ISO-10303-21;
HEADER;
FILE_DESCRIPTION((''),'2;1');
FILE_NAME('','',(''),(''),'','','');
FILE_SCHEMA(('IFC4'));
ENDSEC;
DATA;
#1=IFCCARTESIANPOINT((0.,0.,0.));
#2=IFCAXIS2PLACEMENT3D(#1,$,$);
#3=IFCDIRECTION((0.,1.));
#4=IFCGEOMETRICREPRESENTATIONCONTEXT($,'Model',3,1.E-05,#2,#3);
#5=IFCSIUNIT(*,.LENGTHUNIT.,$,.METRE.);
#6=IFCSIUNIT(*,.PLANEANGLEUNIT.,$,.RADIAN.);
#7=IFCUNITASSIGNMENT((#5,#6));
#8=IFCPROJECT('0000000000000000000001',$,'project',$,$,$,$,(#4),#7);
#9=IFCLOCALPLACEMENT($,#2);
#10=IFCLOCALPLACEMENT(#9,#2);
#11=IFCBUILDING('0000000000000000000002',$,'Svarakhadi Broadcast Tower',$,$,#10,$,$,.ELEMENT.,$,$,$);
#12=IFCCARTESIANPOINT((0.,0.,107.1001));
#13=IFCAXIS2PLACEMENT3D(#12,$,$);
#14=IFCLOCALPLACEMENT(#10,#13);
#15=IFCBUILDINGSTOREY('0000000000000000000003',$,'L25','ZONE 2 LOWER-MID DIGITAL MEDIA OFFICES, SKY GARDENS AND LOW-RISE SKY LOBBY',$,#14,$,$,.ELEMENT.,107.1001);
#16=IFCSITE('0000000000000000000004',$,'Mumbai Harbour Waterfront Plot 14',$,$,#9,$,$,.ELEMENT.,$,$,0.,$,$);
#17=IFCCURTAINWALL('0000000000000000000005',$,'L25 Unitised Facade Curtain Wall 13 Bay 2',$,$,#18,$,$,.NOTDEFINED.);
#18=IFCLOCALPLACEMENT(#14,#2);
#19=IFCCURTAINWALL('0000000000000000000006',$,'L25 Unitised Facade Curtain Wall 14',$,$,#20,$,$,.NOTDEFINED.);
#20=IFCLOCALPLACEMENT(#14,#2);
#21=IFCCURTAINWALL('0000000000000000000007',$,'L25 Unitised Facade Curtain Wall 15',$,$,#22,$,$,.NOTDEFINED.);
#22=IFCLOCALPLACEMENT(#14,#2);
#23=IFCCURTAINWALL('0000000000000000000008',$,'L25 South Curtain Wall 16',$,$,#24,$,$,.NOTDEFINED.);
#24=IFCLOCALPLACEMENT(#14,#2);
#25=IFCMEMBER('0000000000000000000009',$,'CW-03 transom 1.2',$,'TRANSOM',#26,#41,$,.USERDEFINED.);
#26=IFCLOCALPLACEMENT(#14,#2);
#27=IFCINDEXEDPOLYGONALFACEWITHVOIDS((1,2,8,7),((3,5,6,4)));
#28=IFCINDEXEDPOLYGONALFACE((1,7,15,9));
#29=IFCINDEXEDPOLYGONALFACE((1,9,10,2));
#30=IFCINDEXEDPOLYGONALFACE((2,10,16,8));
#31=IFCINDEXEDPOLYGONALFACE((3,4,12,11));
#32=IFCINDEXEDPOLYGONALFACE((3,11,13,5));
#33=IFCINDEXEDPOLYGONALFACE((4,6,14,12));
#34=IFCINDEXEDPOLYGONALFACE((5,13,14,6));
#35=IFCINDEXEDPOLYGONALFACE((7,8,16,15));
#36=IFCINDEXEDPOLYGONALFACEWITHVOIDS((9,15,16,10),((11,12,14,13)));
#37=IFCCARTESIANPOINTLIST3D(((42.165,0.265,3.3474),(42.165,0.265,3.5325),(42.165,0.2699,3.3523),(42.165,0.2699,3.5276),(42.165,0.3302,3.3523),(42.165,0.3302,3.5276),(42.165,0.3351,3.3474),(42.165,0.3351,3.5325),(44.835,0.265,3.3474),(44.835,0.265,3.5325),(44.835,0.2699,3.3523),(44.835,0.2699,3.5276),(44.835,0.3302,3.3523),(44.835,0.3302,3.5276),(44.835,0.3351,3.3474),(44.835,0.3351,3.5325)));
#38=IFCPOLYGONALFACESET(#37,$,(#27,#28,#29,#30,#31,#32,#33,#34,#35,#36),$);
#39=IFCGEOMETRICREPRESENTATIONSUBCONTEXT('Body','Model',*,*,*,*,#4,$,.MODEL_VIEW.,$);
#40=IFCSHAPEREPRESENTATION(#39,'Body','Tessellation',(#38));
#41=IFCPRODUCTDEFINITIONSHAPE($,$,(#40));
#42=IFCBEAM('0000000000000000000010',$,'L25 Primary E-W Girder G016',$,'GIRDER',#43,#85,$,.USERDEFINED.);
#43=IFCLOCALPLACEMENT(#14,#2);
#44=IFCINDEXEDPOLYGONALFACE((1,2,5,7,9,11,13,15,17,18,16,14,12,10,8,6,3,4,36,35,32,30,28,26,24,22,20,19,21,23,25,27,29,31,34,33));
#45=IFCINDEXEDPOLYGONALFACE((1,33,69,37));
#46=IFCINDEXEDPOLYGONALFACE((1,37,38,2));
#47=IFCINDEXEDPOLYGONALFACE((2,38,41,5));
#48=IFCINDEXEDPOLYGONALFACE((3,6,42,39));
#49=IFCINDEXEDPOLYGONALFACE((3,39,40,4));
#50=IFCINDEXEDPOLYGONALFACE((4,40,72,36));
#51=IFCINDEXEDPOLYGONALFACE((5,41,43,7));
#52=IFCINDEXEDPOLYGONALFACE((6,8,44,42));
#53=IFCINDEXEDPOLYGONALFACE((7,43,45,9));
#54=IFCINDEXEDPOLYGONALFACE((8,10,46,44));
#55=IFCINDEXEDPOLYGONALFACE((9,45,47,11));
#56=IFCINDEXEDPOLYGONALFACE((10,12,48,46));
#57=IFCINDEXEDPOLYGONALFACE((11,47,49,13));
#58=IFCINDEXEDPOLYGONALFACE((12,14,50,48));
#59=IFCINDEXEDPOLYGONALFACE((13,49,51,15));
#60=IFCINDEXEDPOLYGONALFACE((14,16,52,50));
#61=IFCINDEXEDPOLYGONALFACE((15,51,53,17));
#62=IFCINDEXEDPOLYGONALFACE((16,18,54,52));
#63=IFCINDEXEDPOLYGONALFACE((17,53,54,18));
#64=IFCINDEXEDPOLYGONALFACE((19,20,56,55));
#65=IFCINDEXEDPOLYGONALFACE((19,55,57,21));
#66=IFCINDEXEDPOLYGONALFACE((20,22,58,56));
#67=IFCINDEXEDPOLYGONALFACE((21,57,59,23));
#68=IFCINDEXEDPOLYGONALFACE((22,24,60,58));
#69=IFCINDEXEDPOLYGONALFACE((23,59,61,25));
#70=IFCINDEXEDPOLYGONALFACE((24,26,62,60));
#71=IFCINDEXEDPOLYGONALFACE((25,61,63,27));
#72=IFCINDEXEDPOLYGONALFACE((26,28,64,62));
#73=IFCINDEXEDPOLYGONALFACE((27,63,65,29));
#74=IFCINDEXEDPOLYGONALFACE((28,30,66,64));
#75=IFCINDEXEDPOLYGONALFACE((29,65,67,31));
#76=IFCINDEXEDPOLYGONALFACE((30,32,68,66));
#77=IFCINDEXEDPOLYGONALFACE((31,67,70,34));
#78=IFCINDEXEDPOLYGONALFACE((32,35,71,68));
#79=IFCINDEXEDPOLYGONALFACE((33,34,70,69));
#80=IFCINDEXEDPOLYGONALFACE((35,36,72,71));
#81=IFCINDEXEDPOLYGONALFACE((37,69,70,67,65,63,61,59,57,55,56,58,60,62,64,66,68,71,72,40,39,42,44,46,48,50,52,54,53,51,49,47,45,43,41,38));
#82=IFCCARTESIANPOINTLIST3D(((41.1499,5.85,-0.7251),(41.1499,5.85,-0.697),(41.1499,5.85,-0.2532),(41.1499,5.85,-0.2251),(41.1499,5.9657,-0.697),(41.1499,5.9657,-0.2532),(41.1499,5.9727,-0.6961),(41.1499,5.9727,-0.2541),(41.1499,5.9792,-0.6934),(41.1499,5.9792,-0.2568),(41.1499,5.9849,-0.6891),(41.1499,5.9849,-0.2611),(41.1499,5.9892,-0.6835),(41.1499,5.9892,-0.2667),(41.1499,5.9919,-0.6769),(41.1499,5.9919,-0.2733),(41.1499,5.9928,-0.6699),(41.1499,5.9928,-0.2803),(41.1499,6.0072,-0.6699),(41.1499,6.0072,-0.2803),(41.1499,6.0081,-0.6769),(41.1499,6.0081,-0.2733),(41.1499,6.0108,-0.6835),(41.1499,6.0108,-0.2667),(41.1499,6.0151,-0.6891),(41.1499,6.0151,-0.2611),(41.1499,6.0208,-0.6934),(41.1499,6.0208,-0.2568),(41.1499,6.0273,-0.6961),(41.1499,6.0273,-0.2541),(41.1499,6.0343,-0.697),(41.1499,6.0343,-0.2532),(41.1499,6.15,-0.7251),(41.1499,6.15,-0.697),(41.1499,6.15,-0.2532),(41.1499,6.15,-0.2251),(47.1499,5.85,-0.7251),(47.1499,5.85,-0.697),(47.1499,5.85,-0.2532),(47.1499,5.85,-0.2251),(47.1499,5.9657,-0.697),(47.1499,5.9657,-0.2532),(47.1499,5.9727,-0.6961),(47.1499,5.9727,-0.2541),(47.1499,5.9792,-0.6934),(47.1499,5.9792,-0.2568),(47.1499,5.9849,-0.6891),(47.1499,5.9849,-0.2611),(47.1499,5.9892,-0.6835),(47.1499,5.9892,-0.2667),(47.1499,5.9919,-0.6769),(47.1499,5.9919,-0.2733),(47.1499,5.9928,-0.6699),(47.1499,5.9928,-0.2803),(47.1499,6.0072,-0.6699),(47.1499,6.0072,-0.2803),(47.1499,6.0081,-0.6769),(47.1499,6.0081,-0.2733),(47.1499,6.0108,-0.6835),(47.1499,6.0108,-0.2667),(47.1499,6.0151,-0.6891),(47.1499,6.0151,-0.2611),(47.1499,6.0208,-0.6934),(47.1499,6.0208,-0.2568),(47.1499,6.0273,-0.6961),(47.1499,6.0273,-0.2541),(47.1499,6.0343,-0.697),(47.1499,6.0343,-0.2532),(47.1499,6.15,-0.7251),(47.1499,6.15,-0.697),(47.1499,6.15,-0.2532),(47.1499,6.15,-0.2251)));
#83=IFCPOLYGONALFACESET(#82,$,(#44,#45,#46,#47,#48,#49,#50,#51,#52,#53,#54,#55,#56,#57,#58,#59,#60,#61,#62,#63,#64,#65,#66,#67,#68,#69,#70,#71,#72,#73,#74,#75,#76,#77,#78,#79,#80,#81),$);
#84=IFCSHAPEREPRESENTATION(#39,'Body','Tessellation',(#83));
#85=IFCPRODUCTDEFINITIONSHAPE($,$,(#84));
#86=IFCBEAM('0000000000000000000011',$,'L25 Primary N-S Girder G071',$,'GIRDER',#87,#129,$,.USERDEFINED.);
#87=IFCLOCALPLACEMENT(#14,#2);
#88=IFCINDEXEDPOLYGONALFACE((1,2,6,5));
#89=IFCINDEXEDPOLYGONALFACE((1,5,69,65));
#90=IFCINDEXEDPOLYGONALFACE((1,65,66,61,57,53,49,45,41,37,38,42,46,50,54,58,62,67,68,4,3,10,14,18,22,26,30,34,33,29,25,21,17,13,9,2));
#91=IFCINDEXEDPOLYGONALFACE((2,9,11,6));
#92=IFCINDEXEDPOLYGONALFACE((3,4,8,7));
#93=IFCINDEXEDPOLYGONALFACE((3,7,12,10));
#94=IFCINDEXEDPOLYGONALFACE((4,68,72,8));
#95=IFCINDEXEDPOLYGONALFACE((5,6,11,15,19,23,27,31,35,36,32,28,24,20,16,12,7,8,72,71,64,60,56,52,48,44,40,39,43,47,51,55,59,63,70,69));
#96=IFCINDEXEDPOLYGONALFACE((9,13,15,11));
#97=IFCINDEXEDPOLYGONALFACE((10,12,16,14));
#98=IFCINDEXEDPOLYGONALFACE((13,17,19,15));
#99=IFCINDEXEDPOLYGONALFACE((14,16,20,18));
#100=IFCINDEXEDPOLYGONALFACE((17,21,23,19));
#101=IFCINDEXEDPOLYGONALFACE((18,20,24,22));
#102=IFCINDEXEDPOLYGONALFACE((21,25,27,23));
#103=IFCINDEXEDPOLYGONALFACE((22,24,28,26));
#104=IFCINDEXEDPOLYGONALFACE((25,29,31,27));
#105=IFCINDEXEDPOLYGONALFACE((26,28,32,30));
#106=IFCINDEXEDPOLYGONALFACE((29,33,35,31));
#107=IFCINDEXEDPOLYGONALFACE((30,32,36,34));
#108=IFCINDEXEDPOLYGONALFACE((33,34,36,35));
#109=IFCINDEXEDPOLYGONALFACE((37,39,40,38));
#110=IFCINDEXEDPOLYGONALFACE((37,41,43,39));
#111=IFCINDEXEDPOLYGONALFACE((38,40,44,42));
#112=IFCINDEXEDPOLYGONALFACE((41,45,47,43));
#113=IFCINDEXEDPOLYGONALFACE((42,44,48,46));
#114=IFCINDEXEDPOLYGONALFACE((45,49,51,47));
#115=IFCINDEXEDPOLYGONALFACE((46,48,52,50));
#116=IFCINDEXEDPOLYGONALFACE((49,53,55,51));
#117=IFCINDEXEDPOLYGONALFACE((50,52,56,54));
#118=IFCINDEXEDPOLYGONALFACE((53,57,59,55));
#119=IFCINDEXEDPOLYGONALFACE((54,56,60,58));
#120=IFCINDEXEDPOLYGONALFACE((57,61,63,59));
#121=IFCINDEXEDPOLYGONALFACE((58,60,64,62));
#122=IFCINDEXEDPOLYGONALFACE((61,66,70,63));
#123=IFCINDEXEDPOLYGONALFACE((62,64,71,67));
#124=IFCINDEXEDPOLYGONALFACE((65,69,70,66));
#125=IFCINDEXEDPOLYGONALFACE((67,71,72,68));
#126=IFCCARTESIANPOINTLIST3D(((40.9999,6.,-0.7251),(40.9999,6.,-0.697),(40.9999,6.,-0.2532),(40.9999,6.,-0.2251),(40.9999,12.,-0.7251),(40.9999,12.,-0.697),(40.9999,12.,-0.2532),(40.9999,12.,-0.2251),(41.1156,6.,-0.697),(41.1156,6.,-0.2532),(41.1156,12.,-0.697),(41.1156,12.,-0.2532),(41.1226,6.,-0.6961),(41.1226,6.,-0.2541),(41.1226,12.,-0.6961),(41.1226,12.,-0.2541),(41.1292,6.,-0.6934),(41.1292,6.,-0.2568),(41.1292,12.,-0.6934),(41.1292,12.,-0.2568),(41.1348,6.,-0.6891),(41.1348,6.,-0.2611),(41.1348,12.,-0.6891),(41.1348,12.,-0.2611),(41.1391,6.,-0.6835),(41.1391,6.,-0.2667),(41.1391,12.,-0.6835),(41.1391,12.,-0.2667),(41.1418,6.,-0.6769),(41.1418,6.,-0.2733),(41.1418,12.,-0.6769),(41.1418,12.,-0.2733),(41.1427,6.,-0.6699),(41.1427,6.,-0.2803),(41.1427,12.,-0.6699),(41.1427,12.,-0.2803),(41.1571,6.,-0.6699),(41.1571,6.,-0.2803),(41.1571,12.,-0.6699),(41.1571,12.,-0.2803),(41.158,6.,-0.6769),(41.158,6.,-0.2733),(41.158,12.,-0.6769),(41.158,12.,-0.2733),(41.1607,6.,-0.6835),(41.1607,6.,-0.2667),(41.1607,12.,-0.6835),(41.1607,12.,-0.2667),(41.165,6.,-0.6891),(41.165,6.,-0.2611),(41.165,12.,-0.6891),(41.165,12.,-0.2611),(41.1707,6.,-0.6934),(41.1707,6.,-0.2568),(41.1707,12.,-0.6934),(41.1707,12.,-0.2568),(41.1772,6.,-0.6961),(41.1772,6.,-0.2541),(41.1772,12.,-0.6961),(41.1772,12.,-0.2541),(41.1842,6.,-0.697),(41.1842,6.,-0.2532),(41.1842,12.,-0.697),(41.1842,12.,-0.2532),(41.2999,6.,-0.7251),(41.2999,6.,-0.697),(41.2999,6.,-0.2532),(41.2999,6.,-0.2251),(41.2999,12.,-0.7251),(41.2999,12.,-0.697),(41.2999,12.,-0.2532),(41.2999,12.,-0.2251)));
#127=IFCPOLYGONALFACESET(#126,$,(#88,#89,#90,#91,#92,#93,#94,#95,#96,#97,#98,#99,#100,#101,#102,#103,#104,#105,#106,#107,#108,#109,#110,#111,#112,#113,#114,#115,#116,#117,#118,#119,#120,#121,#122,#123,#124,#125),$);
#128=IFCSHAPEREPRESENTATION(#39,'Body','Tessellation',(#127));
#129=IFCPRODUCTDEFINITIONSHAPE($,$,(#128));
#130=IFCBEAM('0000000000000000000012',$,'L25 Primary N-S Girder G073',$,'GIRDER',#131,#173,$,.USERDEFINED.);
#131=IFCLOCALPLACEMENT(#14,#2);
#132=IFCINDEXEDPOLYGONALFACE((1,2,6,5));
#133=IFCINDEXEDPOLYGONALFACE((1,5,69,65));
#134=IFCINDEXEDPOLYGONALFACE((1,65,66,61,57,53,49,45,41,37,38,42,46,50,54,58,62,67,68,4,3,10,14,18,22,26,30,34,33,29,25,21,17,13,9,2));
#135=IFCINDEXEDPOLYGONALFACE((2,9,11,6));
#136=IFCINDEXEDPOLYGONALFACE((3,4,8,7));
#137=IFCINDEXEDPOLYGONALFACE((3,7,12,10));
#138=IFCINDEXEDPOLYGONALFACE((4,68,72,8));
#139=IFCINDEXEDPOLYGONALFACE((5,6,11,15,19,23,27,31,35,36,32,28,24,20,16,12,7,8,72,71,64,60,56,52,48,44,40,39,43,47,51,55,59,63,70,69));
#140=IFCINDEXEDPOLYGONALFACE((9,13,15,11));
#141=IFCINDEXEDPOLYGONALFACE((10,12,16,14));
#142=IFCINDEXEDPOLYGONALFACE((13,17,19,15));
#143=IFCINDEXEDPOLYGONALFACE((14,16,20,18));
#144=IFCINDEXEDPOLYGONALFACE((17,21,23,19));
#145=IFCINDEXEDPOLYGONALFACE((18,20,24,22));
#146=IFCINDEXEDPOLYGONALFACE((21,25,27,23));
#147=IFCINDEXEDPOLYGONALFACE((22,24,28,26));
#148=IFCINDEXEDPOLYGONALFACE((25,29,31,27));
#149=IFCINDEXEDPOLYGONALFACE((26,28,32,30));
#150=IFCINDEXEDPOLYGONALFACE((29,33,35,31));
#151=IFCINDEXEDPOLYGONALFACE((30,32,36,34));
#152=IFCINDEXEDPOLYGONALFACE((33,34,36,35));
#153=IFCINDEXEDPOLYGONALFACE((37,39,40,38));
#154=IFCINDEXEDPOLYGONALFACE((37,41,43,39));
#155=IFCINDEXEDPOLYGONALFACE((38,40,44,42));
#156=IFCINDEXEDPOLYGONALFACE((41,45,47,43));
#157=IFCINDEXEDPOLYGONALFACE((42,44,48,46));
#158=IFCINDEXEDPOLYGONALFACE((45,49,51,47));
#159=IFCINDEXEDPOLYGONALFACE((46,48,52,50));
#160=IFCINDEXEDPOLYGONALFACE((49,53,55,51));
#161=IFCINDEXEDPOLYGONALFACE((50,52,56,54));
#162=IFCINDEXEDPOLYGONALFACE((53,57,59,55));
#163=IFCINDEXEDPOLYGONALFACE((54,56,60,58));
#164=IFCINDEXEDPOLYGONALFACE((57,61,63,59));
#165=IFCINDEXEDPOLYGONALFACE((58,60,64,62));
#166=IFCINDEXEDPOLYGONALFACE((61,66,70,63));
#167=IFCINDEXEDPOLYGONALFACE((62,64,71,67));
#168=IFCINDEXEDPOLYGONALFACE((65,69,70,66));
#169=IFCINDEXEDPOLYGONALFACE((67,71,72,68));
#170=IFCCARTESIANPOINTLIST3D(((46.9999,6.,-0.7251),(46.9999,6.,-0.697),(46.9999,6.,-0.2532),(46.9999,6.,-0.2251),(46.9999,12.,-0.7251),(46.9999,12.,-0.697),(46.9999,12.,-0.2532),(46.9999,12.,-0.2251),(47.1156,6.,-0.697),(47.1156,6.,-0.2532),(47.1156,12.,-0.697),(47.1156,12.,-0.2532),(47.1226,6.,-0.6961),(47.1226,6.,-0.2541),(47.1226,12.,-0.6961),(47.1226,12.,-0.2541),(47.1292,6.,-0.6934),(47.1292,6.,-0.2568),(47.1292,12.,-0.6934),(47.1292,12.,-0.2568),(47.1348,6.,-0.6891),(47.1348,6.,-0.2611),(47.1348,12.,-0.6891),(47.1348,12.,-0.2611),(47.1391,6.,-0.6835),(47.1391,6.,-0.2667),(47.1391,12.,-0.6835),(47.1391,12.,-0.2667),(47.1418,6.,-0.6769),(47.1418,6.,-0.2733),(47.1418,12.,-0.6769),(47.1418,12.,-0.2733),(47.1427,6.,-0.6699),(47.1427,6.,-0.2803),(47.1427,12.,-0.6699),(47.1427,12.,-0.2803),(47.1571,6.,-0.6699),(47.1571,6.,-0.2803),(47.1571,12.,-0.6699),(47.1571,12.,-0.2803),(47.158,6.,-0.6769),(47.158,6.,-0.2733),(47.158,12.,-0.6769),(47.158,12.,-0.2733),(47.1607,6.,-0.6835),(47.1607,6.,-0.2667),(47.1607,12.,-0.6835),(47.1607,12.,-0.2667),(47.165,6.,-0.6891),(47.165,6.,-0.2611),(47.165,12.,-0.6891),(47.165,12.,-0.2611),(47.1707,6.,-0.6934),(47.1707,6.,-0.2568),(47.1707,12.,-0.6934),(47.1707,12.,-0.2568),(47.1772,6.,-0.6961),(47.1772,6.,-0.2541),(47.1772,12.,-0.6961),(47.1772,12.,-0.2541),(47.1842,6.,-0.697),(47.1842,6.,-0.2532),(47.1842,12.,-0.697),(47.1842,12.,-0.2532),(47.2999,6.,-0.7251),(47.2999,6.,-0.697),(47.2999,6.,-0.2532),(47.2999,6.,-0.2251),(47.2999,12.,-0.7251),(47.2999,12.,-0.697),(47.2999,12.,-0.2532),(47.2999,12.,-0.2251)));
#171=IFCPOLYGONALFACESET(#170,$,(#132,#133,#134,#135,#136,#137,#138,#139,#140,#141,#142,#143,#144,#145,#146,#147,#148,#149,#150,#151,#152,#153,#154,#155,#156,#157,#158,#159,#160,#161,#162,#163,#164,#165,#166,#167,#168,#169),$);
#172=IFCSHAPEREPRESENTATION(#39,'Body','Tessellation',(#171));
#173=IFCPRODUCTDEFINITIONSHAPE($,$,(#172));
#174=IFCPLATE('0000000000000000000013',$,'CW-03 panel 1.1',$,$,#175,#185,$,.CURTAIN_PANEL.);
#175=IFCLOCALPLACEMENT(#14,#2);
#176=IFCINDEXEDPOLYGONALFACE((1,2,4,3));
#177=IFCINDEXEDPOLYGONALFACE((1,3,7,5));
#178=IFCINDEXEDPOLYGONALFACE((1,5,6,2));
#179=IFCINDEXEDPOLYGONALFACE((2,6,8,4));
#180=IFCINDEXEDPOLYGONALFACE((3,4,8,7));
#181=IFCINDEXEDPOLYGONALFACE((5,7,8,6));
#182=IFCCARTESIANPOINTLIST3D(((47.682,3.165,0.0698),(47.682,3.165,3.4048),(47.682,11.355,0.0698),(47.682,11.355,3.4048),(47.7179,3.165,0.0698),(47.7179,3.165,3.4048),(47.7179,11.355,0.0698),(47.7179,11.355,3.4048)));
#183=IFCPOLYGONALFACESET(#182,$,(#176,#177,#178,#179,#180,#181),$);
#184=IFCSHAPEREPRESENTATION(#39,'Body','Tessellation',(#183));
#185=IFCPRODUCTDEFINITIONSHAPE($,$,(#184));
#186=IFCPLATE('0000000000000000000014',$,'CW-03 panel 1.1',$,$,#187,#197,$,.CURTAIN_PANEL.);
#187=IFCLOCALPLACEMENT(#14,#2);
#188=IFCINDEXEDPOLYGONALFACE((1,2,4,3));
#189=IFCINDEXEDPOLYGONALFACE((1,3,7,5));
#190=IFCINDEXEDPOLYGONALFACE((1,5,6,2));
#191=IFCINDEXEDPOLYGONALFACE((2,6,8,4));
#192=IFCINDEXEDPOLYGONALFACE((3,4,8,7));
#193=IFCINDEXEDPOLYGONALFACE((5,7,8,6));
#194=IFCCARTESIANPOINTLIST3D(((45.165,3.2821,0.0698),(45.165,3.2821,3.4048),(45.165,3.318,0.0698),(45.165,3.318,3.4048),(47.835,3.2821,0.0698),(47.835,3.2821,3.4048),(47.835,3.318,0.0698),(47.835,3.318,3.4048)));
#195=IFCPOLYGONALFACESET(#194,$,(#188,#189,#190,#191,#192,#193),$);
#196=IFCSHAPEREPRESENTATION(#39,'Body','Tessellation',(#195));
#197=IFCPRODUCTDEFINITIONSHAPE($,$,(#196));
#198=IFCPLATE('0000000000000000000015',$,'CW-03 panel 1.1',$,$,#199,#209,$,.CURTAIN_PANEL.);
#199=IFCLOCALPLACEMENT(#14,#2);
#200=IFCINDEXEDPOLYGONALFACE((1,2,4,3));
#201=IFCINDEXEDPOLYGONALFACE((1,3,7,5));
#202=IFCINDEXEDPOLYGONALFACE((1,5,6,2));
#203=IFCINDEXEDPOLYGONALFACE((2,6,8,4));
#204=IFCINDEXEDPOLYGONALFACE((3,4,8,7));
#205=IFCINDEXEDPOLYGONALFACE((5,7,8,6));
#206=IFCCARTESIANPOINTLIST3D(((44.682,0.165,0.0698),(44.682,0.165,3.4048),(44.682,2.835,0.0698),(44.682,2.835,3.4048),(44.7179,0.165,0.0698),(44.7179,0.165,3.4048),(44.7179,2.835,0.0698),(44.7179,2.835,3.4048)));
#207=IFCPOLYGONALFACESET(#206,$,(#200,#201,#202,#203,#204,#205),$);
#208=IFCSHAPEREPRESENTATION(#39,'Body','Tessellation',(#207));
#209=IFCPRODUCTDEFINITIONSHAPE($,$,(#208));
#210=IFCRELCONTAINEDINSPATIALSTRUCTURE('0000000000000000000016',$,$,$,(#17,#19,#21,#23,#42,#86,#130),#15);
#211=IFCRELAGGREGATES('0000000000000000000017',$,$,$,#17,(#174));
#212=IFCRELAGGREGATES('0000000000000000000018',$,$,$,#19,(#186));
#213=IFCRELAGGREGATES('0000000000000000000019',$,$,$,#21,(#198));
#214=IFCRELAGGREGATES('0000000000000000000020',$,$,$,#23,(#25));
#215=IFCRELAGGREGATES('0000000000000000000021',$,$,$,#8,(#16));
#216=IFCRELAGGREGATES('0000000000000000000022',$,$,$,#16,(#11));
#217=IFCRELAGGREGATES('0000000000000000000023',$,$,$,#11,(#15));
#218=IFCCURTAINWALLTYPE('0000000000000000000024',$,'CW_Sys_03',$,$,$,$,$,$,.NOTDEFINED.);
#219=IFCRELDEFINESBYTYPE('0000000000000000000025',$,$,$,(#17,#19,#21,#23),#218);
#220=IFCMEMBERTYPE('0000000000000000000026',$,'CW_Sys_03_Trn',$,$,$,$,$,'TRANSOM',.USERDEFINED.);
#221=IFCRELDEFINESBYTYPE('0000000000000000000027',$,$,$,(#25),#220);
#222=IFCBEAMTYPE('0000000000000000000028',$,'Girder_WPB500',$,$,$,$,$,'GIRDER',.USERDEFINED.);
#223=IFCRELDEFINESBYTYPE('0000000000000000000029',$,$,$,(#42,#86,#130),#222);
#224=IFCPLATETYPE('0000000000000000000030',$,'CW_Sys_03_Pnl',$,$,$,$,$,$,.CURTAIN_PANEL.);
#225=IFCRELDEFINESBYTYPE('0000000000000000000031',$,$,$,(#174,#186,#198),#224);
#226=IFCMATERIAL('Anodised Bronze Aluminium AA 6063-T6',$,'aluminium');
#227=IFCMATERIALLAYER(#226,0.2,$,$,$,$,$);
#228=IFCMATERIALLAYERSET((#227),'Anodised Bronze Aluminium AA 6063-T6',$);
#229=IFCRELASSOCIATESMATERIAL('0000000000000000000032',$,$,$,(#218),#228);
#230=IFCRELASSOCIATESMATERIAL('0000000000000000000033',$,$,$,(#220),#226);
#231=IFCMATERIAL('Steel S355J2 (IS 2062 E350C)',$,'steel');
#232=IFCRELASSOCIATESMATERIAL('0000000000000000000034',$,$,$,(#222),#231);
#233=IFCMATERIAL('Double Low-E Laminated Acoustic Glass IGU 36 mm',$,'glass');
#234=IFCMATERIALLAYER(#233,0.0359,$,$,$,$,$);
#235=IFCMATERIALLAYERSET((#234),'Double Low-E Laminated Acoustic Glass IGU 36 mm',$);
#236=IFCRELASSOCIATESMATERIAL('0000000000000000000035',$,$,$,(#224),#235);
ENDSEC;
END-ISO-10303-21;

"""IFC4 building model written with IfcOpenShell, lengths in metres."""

from ifc_helpers import new_model, si_unit, direction, frame, origin, origin_2d, place, context, subcontext, project, spatial, rectangle, hollow_rectangle, i_section, extrude, material, layer, layer_set, material_profile, profile_set, type_object, element, aggregate, save


model = new_model("IFC4")

# Units and contexts
model_context = context("Model", 3, precision=1e-05, world=origin(), true_north=direction((0.0, 1.0)))
body_context = subcontext(model_context, "Body", "Model", "MODEL_VIEW")
ifc_project = project(units=[si_unit("LENGTHUNIT", "METRE"), si_unit("PLANEANGLEUNIT", "RADIAN")], contexts=[model_context])

# Site, building, storey
site_placement = place(None, origin())
site = spatial("IfcSite", under=ifc_project, at=site_placement, Name="Mumbai Harbour Waterfront Plot 14", CompositionType="ELEMENT", RefElevation=0.0)
building_placement = place(site_placement, origin())
building = spatial("IfcBuilding", under=site, at=building_placement, Name="Svarakhadi Broadcast Tower", CompositionType="ELEMENT")
storey_placement = place(building_placement, frame((0.0, 0.0, 107.1001)))
storey = spatial("IfcBuildingStorey", under=building, at=storey_placement, Name="L25", Description="ZONE 2 LOWER-MID DIGITAL MEDIA OFFICES, SKY GARDENS AND LOW-RISE SKY LOBBY", CompositionType="ELEMENT", Elevation=107.1001)

# Shared definitions
ifc_material_1 = material(Name="Steel S355J2 (IS 2062 E350C)", Category="steel")

# Curtain walls
ifc_material_2 = material(Name="Anodised Bronze Aluminium AA 6063-T6", Category="aluminium")
ifc_layer_1 = layer(ifc_material_2, 0.2)
ifc_layer_set_1 = layer_set([ifc_layer_1], Name="Anodised Bronze Aluminium AA 6063-T6")
curtain_wall_type = type_object("IfcCurtainWallType", Name="CW_Sys_03", PredefinedType="NOTDEFINED", material=ifc_layer_set_1)
curtain_wall_1_placement = place(storey_placement, origin())
curtain_wall_1 = element("IfcCurtainWall", 1, at=curtain_wall_1_placement, inside=storey, type_object=curtain_wall_type, Name="L25 Unitised Facade Curtain Wall 13 Bay 2", PredefinedType="NOTDEFINED")
curtain_wall_2_placement = place(storey_placement, origin())
curtain_wall_2 = element("IfcCurtainWall", 2, at=curtain_wall_2_placement, inside=storey, type_object=curtain_wall_type, Name="L25 Unitised Facade Curtain Wall 14", PredefinedType="NOTDEFINED")
curtain_wall_3_placement = place(storey_placement, origin())
curtain_wall_3 = element("IfcCurtainWall", 3, at=curtain_wall_3_placement, inside=storey, type_object=curtain_wall_type, Name="L25 Unitised Facade Curtain Wall 15", PredefinedType="NOTDEFINED")
curtain_wall_4_placement = place(storey_placement, origin())
curtain_wall_4 = element("IfcCurtainWall", 4, at=curtain_wall_4_placement, inside=storey, type_object=curtain_wall_type, Name="L25 South Curtain Wall 16", PredefinedType="NOTDEFINED")

# Member
ifc_material_profile_1 = material_profile(ifc_material_2, hollow_rectangle(XDim=0.0701, YDim=0.1851, WallThickness=0.0049, at=origin_2d()), Name="ALU TRANSOM 185x70x5")
ifc_profile_set_1 = profile_set([ifc_material_profile_1], Name="Anodised Bronze Aluminium AA 6063-T6")
member_type_1 = type_object("IfcMemberType", Name="CW_Sys_03_Trn", ElementType="TRANSOM", PredefinedType="USERDEFINED", material=ifc_profile_set_1)
member_1_placement = place(storey_placement, frame((44.835, 0.3, 3.4399), z_axis=(-1.0, 0.0, 0.0), x_axis=(0.0, -1.0, 0.0)))
member_1 = element("IfcMember", 5, at=member_1_placement, type_object=member_type_1, Name="CW-03 transom 1.2", ObjectType="TRANSOM", PredefinedType="USERDEFINED", context=body_context, shape_type="SweptSolid", body=[
    extrude(hollow_rectangle(XDim=0.0701, YDim=0.1851, WallThickness=0.0049, at=origin_2d()), origin(), (0.0, 0.0, 1.0), 2.6699),
])

# Beams
ifc_material_profile_2 = material_profile(ifc_material_1, i_section(OverallWidth=0.3, OverallDepth=0.5, WebThickness=0.0144, FlangeThickness=0.0281, FilletRadius=0.0271, at=origin_2d()), Name="WPB 500x300x187")
ifc_profile_set_2 = profile_set([ifc_material_profile_2], Name="Steel S355J2 (IS 2062 E350C)")
beam_type_1 = type_object("IfcBeamType", Name="Girder_WPB500", ElementType="GIRDER", PredefinedType="USERDEFINED", material=ifc_profile_set_2)
for number, where, z_axis, x_axis, name in (
    (6, (41.1499, 6.0, -0.4751), (1.0, 0.0, 0.0), (0.0, 1.0, 0.0), "L25 Primary E-W Girder G016"),
    (7, (41.1499, 6.0, -0.4751), (0.0, 1.0, 0.0), (-1.0, 0.0, 0.0), "L25 Primary N-S Girder G071"),
    (8, (47.1499, 6.0, -0.4751), (0.0, 1.0, 0.0), (-1.0, 0.0, 0.0), "L25 Primary N-S Girder G073"),
):
    element("IfcBeam", number, at=place(storey_placement, frame(where, z_axis=z_axis, x_axis=x_axis)), inside=storey, type_object=beam_type_1, Name=name, ObjectType="GIRDER", PredefinedType="USERDEFINED", context=body_context, shape_type="SweptSolid", body=[
        extrude(i_section(OverallWidth=0.3, OverallDepth=0.5, WebThickness=0.0144, FlangeThickness=0.0281, FilletRadius=0.0271, at=origin_2d()), origin(), (0.0, 0.0, 1.0), 6.0),
    ])

# Plates
ifc_material_3 = material(Name="Double Low-E Laminated Acoustic Glass IGU 36 mm", Category="glass")
ifc_layer_2 = layer(ifc_material_3, 0.0359)
ifc_layer_set_2 = layer_set([ifc_layer_2], Name="Double Low-E Laminated Acoustic Glass IGU 36 mm")
plate_type_1 = type_object("IfcPlateType", Name="CW_Sys_03_Pnl", PredefinedType="CURTAIN_PANEL", material=ifc_layer_set_2)
plate_1_placement = place(storey_placement, frame((47.7, 7.26, 0.0698), z_axis=(0.0, 0.0, 1.0), x_axis=(0.0, -1.0, 0.0)))
plate_1 = element("IfcPlate", 9, at=plate_1_placement, type_object=plate_type_1, Name="CW-03 panel 1.1", PredefinedType="CURTAIN_PANEL", context=body_context, shape_type="SweptSolid", body=[
    extrude(rectangle(XDim=8.1899, YDim=0.0359, at=origin_2d()), origin(), (0.0, 0.0, 1.0), 3.335),
])
aggregate(curtain_wall_1, [plate_1])
plate_2_placement = place(storey_placement, frame((46.5, 3.3, 0.0698), z_axis=(0.0, 0.0, 1.0), x_axis=(-1.0, 0.0, 0.0)))
plate_2 = element("IfcPlate", 10, at=plate_2_placement, type_object=plate_type_1, Name="CW-03 panel 1.1", PredefinedType="CURTAIN_PANEL", context=body_context, shape_type="SweptSolid", body=[
    extrude(rectangle(XDim=2.6699, YDim=0.0359, at=origin_2d()), origin(), (0.0, 0.0, 1.0), 3.335),
])
aggregate(curtain_wall_2, [plate_2])
plate_3_placement = place(storey_placement, frame((44.7, 1.5, 0.0698), z_axis=(0.0, 0.0, 1.0), x_axis=(0.0, -1.0, 0.0)))
plate_3 = element("IfcPlate", 11, at=plate_3_placement, type_object=plate_type_1, Name="CW-03 panel 1.1", PredefinedType="CURTAIN_PANEL", context=body_context, shape_type="SweptSolid", body=[
    extrude(rectangle(XDim=2.6699, YDim=0.0359, at=origin_2d()), origin(), (0.0, 0.0, 1.0), 3.335),
])
aggregate(curtain_wall_3, [plate_3])
aggregate(curtain_wall_4, [member_1])

save(model, "model.ifc")
